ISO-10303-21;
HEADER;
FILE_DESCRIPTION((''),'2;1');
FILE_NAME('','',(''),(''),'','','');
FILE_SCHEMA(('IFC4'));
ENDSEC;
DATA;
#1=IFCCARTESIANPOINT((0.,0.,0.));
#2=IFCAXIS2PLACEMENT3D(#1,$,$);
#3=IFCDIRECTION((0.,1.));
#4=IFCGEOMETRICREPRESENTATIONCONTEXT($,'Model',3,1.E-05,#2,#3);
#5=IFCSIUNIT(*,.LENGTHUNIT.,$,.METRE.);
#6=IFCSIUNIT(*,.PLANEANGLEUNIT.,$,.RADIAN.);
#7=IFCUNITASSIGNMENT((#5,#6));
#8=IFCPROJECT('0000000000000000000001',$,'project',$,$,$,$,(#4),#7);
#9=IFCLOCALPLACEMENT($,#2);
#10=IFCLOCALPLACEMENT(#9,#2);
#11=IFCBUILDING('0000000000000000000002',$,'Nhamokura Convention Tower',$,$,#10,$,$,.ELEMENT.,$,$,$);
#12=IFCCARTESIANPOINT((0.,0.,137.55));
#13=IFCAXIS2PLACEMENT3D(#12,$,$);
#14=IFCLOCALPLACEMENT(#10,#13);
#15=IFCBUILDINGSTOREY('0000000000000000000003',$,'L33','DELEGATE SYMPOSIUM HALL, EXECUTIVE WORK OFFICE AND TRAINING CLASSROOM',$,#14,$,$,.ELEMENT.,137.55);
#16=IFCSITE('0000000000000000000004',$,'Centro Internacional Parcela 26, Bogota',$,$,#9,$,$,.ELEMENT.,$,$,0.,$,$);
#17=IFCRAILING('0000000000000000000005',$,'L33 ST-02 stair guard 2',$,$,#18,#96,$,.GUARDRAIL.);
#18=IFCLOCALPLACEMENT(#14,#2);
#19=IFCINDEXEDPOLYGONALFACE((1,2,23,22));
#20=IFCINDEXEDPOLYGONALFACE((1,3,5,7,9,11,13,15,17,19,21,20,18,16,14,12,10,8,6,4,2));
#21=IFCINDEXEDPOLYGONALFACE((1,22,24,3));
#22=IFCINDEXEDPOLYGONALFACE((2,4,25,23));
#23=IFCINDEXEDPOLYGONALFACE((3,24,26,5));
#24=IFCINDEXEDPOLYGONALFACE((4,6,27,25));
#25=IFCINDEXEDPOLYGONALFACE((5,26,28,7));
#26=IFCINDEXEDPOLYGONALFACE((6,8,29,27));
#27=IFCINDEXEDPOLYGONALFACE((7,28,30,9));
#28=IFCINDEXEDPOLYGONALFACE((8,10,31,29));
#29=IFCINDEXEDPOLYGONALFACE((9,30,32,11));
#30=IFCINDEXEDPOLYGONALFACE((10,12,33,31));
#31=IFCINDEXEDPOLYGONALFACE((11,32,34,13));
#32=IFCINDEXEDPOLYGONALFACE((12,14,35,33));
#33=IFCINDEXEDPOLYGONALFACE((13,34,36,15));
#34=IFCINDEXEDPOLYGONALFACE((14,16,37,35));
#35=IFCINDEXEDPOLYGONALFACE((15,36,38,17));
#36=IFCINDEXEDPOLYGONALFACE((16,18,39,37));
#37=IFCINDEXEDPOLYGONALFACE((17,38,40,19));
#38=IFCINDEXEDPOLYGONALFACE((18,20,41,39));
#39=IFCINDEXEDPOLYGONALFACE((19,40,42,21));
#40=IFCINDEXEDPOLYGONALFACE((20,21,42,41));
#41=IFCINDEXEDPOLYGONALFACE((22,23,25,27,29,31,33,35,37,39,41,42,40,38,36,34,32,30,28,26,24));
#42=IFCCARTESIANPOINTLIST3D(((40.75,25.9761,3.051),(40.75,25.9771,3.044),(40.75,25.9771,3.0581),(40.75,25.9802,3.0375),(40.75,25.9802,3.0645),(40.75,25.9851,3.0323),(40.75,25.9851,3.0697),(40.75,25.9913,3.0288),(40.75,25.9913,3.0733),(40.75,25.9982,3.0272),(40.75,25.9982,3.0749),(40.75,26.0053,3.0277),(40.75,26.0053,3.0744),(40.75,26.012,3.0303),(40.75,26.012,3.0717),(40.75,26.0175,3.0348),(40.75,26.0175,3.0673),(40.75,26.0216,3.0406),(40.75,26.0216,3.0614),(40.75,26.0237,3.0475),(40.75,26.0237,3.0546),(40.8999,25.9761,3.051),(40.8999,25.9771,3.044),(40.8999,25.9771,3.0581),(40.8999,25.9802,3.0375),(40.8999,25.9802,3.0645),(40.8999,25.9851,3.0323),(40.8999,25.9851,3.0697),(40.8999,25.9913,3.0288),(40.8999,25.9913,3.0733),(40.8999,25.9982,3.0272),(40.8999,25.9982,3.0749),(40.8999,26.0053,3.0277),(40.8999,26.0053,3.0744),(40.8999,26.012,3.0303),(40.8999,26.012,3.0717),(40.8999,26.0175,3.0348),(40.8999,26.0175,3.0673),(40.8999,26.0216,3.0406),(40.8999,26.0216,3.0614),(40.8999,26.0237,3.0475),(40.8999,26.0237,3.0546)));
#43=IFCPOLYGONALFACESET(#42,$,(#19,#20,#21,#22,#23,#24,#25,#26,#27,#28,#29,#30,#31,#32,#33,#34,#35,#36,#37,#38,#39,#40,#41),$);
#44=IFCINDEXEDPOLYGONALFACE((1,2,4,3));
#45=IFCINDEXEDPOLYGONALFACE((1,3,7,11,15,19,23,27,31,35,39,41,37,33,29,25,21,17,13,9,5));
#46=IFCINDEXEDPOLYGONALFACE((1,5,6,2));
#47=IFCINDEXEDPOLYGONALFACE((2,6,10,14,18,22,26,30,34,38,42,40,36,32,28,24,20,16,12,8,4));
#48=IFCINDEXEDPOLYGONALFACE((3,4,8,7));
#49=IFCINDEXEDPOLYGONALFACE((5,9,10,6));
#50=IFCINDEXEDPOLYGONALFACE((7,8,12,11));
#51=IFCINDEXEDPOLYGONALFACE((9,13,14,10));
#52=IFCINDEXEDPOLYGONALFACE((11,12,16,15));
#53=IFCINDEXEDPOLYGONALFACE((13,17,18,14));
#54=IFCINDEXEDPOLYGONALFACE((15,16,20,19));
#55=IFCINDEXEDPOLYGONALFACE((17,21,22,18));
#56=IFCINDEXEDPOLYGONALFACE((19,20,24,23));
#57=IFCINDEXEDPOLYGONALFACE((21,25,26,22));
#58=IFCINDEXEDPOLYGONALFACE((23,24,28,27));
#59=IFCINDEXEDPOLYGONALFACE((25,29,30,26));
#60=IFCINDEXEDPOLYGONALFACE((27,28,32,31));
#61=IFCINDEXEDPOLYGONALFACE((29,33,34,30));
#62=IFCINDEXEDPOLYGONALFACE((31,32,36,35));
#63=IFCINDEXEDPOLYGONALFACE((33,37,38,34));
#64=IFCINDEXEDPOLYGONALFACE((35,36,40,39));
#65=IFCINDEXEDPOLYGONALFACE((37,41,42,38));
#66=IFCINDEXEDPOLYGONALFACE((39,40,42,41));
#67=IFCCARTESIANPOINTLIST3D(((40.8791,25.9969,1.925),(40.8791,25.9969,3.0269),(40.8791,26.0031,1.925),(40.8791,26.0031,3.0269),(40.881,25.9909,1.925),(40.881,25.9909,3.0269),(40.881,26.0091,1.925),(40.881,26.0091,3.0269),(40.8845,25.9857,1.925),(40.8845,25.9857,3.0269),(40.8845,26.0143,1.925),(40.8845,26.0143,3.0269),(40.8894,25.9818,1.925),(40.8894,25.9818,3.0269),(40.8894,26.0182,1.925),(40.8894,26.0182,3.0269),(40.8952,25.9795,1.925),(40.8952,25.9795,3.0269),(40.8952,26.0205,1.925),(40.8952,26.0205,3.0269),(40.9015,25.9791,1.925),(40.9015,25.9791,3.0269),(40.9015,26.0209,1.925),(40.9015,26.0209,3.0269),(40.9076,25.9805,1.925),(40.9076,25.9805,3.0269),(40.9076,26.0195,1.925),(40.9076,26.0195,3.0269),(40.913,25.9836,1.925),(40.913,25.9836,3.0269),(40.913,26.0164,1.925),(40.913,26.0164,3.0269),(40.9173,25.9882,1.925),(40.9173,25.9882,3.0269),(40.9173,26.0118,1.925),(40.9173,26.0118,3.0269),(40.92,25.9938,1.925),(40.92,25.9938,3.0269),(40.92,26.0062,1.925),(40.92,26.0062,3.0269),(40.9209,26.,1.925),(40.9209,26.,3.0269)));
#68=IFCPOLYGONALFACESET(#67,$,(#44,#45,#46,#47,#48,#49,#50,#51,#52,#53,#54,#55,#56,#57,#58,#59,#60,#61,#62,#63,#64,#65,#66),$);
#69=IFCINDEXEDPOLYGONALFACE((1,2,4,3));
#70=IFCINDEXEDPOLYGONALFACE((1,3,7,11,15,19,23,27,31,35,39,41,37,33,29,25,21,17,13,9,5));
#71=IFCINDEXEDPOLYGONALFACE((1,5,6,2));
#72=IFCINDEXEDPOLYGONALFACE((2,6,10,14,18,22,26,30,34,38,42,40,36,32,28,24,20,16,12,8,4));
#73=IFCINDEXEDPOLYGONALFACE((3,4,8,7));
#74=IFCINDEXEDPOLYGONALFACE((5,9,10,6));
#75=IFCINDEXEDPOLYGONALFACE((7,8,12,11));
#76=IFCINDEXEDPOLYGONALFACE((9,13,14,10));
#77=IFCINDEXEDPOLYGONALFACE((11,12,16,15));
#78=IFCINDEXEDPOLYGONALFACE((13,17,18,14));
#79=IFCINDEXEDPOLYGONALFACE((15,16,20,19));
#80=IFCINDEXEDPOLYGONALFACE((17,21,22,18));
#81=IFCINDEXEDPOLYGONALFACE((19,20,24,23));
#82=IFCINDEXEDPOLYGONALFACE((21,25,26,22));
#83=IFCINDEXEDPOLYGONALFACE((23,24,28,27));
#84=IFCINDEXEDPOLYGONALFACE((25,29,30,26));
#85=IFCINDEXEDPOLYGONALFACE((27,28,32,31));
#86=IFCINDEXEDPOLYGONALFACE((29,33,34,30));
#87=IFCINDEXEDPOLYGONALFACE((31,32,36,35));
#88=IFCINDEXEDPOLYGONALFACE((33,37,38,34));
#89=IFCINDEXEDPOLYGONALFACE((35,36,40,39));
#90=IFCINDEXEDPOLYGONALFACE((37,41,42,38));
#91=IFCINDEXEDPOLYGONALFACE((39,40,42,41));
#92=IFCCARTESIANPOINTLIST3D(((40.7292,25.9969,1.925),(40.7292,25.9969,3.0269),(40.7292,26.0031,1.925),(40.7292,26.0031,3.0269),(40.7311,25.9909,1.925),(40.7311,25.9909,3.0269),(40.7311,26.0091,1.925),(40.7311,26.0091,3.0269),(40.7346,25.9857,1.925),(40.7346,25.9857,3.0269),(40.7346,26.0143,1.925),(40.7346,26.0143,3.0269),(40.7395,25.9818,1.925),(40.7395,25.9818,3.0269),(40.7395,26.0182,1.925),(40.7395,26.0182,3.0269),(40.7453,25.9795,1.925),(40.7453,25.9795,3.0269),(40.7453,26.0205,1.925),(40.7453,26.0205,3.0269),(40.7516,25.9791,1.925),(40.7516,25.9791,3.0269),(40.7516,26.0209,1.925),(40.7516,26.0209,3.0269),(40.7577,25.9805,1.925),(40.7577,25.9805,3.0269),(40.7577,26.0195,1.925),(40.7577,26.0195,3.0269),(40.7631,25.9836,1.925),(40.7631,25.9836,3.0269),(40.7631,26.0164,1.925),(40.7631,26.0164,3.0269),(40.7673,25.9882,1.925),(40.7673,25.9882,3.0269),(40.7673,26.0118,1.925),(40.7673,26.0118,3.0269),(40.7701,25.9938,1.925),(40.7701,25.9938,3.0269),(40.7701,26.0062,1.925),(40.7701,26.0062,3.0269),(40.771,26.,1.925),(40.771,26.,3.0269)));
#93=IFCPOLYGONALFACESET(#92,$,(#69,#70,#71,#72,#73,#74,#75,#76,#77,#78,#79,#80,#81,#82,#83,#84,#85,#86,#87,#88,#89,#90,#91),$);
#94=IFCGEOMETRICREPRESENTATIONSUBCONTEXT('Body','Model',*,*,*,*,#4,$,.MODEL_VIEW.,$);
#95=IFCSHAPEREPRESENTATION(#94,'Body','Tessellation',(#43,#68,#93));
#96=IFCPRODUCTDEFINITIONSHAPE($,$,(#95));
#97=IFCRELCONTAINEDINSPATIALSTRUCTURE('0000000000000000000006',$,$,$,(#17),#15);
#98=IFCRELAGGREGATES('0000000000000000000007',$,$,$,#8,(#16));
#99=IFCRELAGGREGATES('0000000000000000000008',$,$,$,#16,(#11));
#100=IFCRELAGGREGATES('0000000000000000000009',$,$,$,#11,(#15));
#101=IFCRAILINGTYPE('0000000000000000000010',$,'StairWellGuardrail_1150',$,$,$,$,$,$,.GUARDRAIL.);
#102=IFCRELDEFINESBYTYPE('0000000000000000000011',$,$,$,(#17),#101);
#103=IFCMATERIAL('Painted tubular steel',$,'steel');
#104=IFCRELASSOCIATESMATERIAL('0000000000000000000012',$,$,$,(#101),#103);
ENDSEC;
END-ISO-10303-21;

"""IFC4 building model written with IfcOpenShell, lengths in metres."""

from ifc_helpers import new_model, si_unit, direction, frame, origin, origin_2d, place, context, subcontext, project, spatial, circle, extrude, material, type_object, element, save


model = new_model("IFC4")

# Units and contexts
model_context = context("Model", 3, precision=1e-05, world=origin(), true_north=direction((0.0, 1.0)))
body_context = subcontext(model_context, "Body", "Model", "MODEL_VIEW")
ifc_project = project(units=[si_unit("LENGTHUNIT", "METRE"), si_unit("PLANEANGLEUNIT", "RADIAN")], contexts=[model_context])

# Site, building, storey
site_placement = place(None, origin())
site = spatial("IfcSite", under=ifc_project, at=site_placement, Name="Centro Internacional Parcela 26, Bogota", CompositionType="ELEMENT", RefElevation=0.0)
building_placement = place(site_placement, origin())
building = spatial("IfcBuilding", under=site, at=building_placement, Name="Nhamokura Convention Tower", CompositionType="ELEMENT")
storey_placement = place(building_placement, frame((0.0, 0.0, 137.55)))
storey = spatial("IfcBuildingStorey", under=building, at=storey_placement, Name="L33", Description="DELEGATE SYMPOSIUM HALL, EXECUTIVE WORK OFFICE AND TRAINING CLASSROOM", CompositionType="ELEMENT", Elevation=137.55)

# Railing
ifc_material_1 = material(Name="Painted tubular steel", Category="steel")
railing_type_1 = type_object("IfcRailingType", Name="StairWellGuardrail_1150", PredefinedType="GUARDRAIL", material=ifc_material_1)
railing_1_placement = place(storey_placement, frame((40.8999, 26.0, 1.925)))
element("IfcRailing", 1, at=railing_1_placement, inside=storey, type_object=railing_type_1, Name="L33 ST-02 stair guard 2", PredefinedType="GUARDRAIL", context=body_context, shape_type="SweptSolid", body=[
    extrude(circle(Radius=0.0239, at=origin_2d()), frame((0.0, 0.0, 1.126), z_axis=(-1.0, 0.0, 0.0), x_axis=(0.0, -1.0, 0.0)), (0.0, 0.0, 1.0), 0.1499),
    extrude(circle(Radius=0.021, at=origin_2d()), origin(), (0.0, 0.0, 1.0), 1.1018),
    extrude(circle(Radius=0.021, at=origin_2d()), frame((-0.1499, 0.0, 0.0)), (0.0, 0.0, 1.0), 1.1018),
])

save(model, "model.ifc")
